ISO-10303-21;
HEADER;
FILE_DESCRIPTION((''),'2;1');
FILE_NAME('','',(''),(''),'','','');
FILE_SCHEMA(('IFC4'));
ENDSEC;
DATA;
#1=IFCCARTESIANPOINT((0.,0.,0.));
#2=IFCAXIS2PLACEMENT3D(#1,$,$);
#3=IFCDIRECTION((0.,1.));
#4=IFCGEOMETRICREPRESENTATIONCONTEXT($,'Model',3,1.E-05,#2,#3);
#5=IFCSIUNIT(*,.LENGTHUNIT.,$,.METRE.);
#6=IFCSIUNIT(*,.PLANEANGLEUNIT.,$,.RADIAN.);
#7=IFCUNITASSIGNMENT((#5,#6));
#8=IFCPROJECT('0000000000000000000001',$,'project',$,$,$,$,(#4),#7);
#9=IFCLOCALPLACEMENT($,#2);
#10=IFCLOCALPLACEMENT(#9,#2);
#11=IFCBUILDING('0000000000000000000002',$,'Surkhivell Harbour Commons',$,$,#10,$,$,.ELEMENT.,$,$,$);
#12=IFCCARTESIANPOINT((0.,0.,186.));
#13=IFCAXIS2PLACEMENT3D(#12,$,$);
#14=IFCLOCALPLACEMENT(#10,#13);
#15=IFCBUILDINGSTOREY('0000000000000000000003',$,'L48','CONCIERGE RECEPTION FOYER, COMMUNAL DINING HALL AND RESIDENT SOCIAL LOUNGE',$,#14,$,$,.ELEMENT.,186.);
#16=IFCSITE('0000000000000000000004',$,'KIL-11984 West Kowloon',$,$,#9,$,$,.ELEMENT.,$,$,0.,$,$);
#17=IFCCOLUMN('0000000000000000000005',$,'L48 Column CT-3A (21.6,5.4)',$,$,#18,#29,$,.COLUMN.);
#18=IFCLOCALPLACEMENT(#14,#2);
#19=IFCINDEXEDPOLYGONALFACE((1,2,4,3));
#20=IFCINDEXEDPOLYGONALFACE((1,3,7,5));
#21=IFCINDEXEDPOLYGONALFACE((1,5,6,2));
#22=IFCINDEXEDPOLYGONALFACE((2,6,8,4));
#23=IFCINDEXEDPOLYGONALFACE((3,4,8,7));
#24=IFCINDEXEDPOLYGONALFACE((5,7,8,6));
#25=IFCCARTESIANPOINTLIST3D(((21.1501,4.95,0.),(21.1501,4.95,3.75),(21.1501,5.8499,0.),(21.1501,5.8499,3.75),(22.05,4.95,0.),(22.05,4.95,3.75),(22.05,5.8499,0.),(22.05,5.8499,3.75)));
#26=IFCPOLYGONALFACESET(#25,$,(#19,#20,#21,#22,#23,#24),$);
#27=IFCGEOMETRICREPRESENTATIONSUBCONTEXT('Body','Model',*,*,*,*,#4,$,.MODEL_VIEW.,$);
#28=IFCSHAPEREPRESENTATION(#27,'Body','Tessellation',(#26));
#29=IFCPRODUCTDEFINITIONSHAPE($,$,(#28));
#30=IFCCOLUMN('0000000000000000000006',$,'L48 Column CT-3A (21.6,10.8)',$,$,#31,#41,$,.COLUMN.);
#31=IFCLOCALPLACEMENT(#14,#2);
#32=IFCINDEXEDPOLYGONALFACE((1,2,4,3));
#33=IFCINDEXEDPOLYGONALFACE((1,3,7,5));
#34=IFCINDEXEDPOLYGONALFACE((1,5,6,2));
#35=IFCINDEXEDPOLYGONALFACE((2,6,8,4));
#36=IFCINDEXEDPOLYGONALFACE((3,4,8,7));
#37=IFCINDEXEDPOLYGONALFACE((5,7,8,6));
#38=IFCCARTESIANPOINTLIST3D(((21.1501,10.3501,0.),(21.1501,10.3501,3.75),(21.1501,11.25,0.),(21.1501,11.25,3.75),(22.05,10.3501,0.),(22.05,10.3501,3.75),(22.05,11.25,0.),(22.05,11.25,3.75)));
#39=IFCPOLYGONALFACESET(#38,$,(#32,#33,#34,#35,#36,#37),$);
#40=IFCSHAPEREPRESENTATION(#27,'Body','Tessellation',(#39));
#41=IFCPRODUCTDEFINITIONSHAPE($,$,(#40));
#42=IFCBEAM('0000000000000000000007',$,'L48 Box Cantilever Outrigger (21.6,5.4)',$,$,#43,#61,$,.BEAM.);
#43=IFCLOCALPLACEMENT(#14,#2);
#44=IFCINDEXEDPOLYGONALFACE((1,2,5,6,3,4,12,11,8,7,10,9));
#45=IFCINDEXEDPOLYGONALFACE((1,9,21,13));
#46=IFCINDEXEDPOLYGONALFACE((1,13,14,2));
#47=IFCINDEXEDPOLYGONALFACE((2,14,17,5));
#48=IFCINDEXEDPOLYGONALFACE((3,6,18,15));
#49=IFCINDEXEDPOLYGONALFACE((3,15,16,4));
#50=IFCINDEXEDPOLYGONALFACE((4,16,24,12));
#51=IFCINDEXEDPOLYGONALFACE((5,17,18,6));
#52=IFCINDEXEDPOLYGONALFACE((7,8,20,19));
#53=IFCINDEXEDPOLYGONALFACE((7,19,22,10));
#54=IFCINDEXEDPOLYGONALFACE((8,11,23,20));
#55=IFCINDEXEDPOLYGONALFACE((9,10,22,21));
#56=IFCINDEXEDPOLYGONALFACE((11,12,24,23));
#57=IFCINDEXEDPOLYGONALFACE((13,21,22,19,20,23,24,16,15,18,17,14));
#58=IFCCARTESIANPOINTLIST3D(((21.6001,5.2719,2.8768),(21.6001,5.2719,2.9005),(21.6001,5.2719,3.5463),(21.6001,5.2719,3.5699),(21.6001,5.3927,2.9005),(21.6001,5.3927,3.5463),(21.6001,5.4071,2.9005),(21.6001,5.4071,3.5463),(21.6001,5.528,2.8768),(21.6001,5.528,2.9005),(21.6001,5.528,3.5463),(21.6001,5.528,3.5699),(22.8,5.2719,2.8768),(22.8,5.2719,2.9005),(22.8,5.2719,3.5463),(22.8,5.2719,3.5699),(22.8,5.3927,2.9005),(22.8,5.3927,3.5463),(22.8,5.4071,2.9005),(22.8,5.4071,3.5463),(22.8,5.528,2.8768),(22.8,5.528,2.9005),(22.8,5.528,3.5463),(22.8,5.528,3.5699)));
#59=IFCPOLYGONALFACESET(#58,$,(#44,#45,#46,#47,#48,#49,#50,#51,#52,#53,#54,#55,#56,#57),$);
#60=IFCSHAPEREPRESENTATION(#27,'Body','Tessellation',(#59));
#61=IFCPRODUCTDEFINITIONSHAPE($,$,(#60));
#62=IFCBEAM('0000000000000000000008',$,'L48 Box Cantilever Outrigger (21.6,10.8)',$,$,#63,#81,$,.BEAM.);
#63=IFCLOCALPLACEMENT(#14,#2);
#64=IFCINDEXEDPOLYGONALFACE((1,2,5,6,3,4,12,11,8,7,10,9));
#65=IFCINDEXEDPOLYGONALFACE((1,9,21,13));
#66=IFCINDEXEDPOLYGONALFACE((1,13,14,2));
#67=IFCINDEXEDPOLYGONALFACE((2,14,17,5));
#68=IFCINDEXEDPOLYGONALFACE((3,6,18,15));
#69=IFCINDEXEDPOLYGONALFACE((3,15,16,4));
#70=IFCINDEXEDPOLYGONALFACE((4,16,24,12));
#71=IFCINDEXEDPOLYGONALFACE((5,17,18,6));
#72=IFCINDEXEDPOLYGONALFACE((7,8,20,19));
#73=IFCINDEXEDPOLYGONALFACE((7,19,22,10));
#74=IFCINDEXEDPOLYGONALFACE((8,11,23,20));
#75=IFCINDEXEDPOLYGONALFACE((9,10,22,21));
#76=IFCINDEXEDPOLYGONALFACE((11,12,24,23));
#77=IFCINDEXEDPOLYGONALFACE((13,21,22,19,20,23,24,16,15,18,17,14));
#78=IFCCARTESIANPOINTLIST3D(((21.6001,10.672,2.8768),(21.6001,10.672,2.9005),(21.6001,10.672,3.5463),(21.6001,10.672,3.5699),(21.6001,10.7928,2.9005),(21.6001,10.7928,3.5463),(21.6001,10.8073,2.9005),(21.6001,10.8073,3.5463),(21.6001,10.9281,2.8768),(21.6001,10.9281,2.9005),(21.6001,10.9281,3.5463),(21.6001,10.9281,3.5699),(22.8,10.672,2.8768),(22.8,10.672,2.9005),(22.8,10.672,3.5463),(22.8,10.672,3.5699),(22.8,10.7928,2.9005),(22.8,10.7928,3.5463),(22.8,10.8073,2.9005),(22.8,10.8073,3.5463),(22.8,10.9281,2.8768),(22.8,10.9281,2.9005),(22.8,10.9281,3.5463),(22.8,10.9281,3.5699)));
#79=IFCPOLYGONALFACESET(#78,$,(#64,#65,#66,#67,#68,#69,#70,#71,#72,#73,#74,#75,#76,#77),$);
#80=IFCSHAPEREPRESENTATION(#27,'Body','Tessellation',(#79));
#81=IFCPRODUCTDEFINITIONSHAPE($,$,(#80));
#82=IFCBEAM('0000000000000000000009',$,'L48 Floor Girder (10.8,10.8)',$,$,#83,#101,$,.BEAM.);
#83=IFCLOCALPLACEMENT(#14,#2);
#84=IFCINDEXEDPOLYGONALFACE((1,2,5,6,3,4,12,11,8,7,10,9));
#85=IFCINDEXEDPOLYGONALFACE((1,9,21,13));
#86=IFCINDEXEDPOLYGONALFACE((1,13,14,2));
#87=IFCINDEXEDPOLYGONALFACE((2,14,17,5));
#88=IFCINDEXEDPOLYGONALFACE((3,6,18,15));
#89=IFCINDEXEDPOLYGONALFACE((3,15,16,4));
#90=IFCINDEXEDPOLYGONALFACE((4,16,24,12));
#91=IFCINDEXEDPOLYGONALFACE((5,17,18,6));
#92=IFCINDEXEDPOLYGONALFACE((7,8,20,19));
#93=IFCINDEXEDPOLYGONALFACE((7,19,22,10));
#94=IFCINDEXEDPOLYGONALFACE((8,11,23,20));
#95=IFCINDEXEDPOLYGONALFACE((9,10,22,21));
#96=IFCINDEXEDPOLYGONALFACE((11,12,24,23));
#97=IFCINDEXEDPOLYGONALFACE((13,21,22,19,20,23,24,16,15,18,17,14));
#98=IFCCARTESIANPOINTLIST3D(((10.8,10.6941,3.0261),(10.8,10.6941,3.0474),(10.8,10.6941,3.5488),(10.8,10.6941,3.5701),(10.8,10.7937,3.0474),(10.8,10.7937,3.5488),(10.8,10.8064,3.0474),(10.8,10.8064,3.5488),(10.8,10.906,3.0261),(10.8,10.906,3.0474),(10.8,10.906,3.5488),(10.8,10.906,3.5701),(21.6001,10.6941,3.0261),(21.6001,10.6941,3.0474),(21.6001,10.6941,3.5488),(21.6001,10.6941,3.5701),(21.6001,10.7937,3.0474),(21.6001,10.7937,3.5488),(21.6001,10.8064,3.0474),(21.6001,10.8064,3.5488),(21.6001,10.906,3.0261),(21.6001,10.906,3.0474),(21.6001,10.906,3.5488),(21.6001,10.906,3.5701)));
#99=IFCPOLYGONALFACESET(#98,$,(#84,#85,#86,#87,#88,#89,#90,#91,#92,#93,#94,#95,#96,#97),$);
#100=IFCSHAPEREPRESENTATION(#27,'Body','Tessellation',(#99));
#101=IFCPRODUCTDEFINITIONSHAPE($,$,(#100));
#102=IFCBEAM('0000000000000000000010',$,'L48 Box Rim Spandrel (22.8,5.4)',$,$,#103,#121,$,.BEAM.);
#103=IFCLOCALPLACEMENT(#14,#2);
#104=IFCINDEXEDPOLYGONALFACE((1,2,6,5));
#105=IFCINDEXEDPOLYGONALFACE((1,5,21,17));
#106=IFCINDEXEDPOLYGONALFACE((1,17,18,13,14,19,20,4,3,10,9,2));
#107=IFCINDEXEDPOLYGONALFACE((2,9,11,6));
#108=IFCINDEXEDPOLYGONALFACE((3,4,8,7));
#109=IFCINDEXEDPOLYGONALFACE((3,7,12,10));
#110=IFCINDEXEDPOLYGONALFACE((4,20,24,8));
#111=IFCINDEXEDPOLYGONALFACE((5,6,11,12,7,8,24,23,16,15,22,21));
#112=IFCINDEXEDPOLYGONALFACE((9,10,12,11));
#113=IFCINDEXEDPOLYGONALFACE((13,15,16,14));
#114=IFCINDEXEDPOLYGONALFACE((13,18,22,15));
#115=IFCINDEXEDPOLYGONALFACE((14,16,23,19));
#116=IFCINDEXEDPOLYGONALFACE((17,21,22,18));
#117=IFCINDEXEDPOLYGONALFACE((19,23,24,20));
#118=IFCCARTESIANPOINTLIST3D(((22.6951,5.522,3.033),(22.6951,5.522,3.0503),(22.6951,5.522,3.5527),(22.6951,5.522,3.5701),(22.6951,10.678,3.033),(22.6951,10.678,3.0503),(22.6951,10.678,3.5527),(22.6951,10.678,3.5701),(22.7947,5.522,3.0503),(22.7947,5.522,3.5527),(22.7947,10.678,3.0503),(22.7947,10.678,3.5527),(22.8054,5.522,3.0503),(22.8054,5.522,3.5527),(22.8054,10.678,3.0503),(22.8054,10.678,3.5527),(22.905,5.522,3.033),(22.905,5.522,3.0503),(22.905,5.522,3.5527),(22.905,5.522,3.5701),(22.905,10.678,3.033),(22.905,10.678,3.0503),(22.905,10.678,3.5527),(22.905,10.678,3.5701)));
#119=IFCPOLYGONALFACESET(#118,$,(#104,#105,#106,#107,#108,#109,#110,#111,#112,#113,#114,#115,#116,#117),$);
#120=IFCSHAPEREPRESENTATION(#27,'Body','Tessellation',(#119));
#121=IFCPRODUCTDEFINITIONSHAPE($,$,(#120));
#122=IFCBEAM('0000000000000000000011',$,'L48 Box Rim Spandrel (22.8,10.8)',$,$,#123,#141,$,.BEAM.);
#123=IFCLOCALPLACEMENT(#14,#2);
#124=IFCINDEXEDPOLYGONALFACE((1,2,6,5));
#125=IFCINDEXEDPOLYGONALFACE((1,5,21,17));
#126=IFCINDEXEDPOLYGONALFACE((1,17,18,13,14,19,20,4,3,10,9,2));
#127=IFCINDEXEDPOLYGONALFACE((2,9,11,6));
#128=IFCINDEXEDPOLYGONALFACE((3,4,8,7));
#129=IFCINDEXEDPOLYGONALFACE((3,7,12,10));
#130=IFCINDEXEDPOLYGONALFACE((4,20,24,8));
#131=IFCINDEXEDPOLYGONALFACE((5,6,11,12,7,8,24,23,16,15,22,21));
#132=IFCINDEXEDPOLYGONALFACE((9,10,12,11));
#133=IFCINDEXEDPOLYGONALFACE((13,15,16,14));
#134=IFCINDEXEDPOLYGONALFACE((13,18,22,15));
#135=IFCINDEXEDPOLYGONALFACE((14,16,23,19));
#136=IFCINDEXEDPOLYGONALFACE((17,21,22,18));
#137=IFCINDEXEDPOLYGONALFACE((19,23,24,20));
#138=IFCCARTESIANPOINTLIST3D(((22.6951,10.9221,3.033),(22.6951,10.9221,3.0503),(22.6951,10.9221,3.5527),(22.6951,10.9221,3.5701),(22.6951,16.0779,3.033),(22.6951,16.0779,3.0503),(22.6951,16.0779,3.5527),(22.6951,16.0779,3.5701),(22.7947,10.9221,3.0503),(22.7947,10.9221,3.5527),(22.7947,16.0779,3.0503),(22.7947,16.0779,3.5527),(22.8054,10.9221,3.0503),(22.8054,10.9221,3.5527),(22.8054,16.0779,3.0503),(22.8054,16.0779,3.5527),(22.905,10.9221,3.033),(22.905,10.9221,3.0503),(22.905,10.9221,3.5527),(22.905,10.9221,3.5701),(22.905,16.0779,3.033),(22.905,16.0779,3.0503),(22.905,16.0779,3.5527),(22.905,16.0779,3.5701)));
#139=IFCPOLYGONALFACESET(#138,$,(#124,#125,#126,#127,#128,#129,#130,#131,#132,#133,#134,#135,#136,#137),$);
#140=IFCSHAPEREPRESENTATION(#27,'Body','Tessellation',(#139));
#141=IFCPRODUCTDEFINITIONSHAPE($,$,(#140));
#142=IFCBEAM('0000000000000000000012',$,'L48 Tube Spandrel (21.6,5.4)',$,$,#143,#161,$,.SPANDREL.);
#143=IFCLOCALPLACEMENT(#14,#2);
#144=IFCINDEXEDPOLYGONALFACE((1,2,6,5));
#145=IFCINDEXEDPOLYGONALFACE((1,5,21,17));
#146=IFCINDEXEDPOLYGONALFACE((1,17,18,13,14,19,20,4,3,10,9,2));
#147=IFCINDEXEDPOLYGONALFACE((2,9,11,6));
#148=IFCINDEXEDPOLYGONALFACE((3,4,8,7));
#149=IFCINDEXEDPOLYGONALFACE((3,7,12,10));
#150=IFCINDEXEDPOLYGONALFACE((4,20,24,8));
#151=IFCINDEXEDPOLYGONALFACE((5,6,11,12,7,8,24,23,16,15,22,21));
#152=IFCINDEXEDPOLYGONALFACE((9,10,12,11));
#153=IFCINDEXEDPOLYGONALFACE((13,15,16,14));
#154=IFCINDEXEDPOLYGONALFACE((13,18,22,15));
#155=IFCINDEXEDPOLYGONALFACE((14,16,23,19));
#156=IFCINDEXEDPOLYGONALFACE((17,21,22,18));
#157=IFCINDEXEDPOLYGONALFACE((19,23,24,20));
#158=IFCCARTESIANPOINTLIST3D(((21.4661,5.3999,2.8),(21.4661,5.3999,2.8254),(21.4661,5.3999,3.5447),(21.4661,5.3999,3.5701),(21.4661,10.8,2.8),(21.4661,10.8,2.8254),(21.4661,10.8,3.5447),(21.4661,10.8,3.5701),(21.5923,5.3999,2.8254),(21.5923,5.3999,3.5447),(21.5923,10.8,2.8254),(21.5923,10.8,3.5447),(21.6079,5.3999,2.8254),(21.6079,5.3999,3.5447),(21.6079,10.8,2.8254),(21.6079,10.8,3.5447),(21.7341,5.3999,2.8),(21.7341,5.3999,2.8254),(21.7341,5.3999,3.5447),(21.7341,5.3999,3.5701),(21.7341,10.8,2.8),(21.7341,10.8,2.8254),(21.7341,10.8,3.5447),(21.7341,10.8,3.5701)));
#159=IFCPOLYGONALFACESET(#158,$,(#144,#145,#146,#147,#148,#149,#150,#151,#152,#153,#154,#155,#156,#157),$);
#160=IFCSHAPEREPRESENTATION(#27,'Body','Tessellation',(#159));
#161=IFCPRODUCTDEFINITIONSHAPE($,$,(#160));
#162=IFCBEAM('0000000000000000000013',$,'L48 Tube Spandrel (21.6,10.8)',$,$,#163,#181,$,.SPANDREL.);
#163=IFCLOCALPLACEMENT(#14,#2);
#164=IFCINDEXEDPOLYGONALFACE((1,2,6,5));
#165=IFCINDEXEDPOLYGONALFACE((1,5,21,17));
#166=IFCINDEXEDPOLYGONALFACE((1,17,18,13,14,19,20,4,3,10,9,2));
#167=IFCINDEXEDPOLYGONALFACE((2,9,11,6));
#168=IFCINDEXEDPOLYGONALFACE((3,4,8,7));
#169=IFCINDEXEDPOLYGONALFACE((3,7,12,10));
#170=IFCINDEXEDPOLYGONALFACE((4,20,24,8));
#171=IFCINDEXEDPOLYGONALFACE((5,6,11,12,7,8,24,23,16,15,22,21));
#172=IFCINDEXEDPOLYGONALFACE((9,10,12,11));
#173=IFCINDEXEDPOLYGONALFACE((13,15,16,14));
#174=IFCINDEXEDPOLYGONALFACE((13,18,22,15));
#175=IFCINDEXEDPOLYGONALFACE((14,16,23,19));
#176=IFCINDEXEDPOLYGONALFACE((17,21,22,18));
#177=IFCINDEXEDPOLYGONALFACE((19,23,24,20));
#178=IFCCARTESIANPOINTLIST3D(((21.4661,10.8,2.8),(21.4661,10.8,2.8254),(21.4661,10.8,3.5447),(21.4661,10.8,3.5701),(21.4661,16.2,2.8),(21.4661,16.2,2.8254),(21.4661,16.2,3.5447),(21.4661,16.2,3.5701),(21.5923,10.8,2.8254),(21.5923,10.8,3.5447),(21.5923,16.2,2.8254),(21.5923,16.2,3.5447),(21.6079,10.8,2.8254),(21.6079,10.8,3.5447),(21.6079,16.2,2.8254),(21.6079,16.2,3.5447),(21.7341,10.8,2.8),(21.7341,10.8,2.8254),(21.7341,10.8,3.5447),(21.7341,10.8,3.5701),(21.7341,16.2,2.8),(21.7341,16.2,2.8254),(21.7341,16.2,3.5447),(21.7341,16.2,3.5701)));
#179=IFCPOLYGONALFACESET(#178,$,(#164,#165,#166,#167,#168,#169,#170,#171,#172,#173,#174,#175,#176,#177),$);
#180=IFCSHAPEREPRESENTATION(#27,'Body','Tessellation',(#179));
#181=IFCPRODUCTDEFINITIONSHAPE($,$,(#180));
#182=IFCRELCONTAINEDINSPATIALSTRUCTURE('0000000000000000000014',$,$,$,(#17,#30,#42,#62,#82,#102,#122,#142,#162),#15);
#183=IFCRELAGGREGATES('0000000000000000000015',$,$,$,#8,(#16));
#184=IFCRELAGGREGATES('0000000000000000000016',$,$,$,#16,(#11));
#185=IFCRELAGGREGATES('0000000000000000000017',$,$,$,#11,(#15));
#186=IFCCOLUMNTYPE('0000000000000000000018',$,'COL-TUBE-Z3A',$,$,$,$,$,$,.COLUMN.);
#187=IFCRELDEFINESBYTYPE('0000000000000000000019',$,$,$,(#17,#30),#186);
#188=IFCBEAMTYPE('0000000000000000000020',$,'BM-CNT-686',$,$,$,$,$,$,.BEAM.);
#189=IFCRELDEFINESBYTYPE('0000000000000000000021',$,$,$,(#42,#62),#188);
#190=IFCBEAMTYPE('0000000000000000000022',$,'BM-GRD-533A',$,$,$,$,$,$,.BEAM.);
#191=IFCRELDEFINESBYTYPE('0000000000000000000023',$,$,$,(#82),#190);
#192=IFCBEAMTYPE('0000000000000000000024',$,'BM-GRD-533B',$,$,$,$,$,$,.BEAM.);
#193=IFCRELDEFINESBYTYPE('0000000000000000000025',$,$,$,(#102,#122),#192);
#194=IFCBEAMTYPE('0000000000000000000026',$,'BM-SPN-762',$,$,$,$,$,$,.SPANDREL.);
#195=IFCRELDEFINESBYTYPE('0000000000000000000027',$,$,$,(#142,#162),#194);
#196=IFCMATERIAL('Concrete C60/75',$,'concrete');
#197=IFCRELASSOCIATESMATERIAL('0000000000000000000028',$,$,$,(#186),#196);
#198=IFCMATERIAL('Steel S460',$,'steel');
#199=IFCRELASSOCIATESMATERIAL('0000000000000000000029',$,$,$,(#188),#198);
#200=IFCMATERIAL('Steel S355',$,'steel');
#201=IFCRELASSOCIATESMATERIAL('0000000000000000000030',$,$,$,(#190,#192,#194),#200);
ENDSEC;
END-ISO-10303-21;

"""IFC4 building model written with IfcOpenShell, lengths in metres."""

from ifc_helpers import new_model, si_unit, direction, frame, origin, origin_2d, place, context, subcontext, project, spatial, rectangle, i_section, extrude, material, material_profile, profile_set, type_object, element, save


model = new_model("IFC4")

# Units and contexts
model_context = context("Model", 3, precision=1e-05, world=origin(), true_north=direction((0.0, 1.0)))
body_context = subcontext(model_context, "Body", "Model", "MODEL_VIEW")
ifc_project = project(units=[si_unit("LENGTHUNIT", "METRE"), si_unit("PLANEANGLEUNIT", "RADIAN")], contexts=[model_context])

# Site, building, storey
site_placement = place(None, origin())
site = spatial("IfcSite", under=ifc_project, at=site_placement, Name="KIL-11984 West Kowloon", CompositionType="ELEMENT", RefElevation=0.0)
building_placement = place(site_placement, origin())
building = spatial("IfcBuilding", under=site, at=building_placement, Name="Surkhivell Harbour Commons", CompositionType="ELEMENT")
storey_placement = place(building_placement, frame((0.0, 0.0, 186.0)))
storey = spatial("IfcBuildingStorey", under=building, at=storey_placement, Name="L48", Description="CONCIERGE RECEPTION FOYER, COMMUNAL DINING HALL AND RESIDENT SOCIAL LOUNGE", CompositionType="ELEMENT", Elevation=186.0)

# Columns
ifc_material_1 = material(Name="Concrete C60/75", Category="concrete")
ifc_material_profile_1 = material_profile(ifc_material_1, rectangle(XDim=0.8999, YDim=0.8999, at=origin_2d()), Name="RC-COL-900x900")
ifc_profile_set_1 = profile_set([ifc_material_profile_1], Name="Concrete C60/75")
column_type = type_object("IfcColumnType", Name="COL-TUBE-Z3A", PredefinedType="COLUMN", material=ifc_profile_set_1)
for number, where, z_axis, x_axis, name in (
    (1, (21.6001, 5.3999, 0.0), (0.0, 0.0, 1.0), (1.0, 0.0, 0.0), "L48 Column CT-3A (21.6,5.4)"),
    (2, (21.6001, 10.8, 0.0), (0.0, 0.0, 1.0), (1.0, 0.0, 0.0), "L48 Column CT-3A (21.6,10.8)"),
):
    element("IfcColumn", number, at=place(storey_placement, frame(where, z_axis=z_axis, x_axis=x_axis)), inside=storey, type_object=column_type, Name=name, PredefinedType="COLUMN", context=body_context, shape_type="SweptSolid", body=[
        extrude(rectangle(XDim=0.8999, YDim=0.8999, at=origin_2d()), origin(), (0.0, 0.0, 1.0), 3.75),
    ])

# Beams
ifc_material_2 = material(Name="Steel S460", Category="steel")
ifc_material_profile_2 = material_profile(ifc_material_2, i_section(OverallWidth=0.2561, OverallDepth=0.6931, WebThickness=0.0144, FlangeThickness=0.0237, at=origin_2d()), Name="UB686x254x170")
ifc_profile_set_2 = profile_set([ifc_material_profile_2], Name="Steel S460")
beam_type_1 = type_object("IfcBeamType", Name="BM-CNT-686", PredefinedType="BEAM", material=ifc_profile_set_2)
for number, where, z_axis, x_axis, name in (
    (3, (21.6001, 5.3999, 3.2234), (1.0, 0.0, 0.0), (0.0, 1.0, 0.0), "L48 Box Cantilever Outrigger (21.6,5.4)"),
    (4, (21.6001, 10.8, 3.2234), (1.0, 0.0, 0.0), (0.0, 1.0, 0.0), "L48 Box Cantilever Outrigger (21.6,10.8)"),
):
    element("IfcBeam", number, at=place(storey_placement, frame(where, z_axis=z_axis, x_axis=x_axis)), inside=storey, type_object=beam_type_1, Name=name, PredefinedType="BEAM", context=body_context, shape_type="SweptSolid", body=[
        extrude(i_section(OverallWidth=0.2561, OverallDepth=0.6931, WebThickness=0.0144, FlangeThickness=0.0237, at=origin_2d()), origin(), (0.0, 0.0, 1.0), 1.2),
    ])
ifc_material_3 = material(Name="Steel S355", Category="steel")
ifc_material_profile_3 = material_profile(ifc_material_3, i_section(OverallWidth=0.2119, OverallDepth=0.5439, WebThickness=0.0127, FlangeThickness=0.0212, at=origin_2d()), Name="UB533x210x122")
ifc_profile_set_3 = profile_set([ifc_material_profile_3], Name="Steel S355")
beam_type_2 = type_object("IfcBeamType", Name="BM-GRD-533A", PredefinedType="BEAM", material=ifc_profile_set_3)
beam_1_placement = place(storey_placement, frame((10.8, 10.8, 3.2981), z_axis=(1.0, 0.0, 0.0), x_axis=(0.0, 1.0, 0.0)))
element("IfcBeam", 5, at=beam_1_placement, inside=storey, type_object=beam_type_2, Name="L48 Floor Girder (10.8,10.8)", PredefinedType="BEAM", context=body_context, shape_type="SweptSolid", body=[
    extrude(i_section(OverallWidth=0.2119, OverallDepth=0.5439, WebThickness=0.0127, FlangeThickness=0.0212, at=origin_2d()), origin(), (0.0, 0.0, 1.0), 10.8),
])
ifc_material_profile_4 = material_profile(ifc_material_3, i_section(OverallWidth=0.21, OverallDepth=0.5371, WebThickness=0.0107, FlangeThickness=0.0173, at=origin_2d()), Name="UB533x210x101")
ifc_profile_set_4 = profile_set([ifc_material_profile_4], Name="Steel S355")
beam_type_3 = type_object("IfcBeamType", Name="BM-GRD-533B", PredefinedType="BEAM", material=ifc_profile_set_4)
beam_2_placement = place(storey_placement, frame((22.8, 5.522, 3.3015), z_axis=(0.0, 1.0, 0.0), x_axis=(-1.0, 0.0, 0.0)))
element("IfcBeam", 6, at=beam_2_placement, inside=storey, type_object=beam_type_3, Name="L48 Box Rim Spandrel (22.8,5.4)", PredefinedType="BEAM", context=body_context, shape_type="SweptSolid", body=[
    extrude(i_section(OverallWidth=0.21, OverallDepth=0.5371, WebThickness=0.0107, FlangeThickness=0.0173, at=origin_2d()), origin(), (0.0, 0.0, 1.0), 5.156),
])
beam_3_placement = place(storey_placement, frame((22.8, 10.9221, 3.3015), z_axis=(0.0, 1.0, 0.0), x_axis=(-1.0, 0.0, 0.0)))
element("IfcBeam", 7, at=beam_3_placement, inside=storey, type_object=beam_type_3, Name="L48 Box Rim Spandrel (22.8,10.8)", PredefinedType="BEAM", context=body_context, shape_type="SweptSolid", body=[
    extrude(i_section(OverallWidth=0.21, OverallDepth=0.5371, WebThickness=0.0107, FlangeThickness=0.0173, at=origin_2d()), origin(), (0.0, 0.0, 1.0), 5.1558),
])
ifc_material_profile_5 = material_profile(ifc_material_3, i_section(OverallWidth=0.2681, OverallDepth=0.77, WebThickness=0.0156, FlangeThickness=0.0254, at=origin_2d()), Name="UB762x267x197")
ifc_profile_set_5 = profile_set([ifc_material_profile_5], Name="Steel S355")
beam_type_4 = type_object("IfcBeamType", Name="BM-SPN-762", PredefinedType="SPANDREL", material=ifc_profile_set_5)
beam_4_placement = place(storey_placement, frame((21.6001, 5.3999, 3.1851), z_axis=(0.0, 1.0, 0.0), x_axis=(-1.0, 0.0, 0.0)))
element("IfcBeam", 8, at=beam_4_placement, inside=storey, type_object=beam_type_4, Name="L48 Tube Spandrel (21.6,5.4)", PredefinedType="SPANDREL", context=body_context, shape_type="SweptSolid", body=[
    extrude(i_section(OverallWidth=0.2681, OverallDepth=0.77, WebThickness=0.0156, FlangeThickness=0.0254, at=origin_2d()), origin(), (0.0, 0.0, 1.0), 5.4001),
])
beam_5_placement = place(storey_placement, frame((21.6001, 10.8, 3.1851), z_axis=(0.0, 1.0, 0.0), x_axis=(-1.0, 0.0, 0.0)))
element("IfcBeam", 9, at=beam_5_placement, inside=storey, type_object=beam_type_4, Name="L48 Tube Spandrel (21.6,10.8)", PredefinedType="SPANDREL", context=body_context, shape_type="SweptSolid", body=[
    extrude(i_section(OverallWidth=0.2681, OverallDepth=0.77, WebThickness=0.0156, FlangeThickness=0.0254, at=origin_2d()), origin(), (0.0, 0.0, 1.0), 5.3999),
])

save(model, "model.ifc")
